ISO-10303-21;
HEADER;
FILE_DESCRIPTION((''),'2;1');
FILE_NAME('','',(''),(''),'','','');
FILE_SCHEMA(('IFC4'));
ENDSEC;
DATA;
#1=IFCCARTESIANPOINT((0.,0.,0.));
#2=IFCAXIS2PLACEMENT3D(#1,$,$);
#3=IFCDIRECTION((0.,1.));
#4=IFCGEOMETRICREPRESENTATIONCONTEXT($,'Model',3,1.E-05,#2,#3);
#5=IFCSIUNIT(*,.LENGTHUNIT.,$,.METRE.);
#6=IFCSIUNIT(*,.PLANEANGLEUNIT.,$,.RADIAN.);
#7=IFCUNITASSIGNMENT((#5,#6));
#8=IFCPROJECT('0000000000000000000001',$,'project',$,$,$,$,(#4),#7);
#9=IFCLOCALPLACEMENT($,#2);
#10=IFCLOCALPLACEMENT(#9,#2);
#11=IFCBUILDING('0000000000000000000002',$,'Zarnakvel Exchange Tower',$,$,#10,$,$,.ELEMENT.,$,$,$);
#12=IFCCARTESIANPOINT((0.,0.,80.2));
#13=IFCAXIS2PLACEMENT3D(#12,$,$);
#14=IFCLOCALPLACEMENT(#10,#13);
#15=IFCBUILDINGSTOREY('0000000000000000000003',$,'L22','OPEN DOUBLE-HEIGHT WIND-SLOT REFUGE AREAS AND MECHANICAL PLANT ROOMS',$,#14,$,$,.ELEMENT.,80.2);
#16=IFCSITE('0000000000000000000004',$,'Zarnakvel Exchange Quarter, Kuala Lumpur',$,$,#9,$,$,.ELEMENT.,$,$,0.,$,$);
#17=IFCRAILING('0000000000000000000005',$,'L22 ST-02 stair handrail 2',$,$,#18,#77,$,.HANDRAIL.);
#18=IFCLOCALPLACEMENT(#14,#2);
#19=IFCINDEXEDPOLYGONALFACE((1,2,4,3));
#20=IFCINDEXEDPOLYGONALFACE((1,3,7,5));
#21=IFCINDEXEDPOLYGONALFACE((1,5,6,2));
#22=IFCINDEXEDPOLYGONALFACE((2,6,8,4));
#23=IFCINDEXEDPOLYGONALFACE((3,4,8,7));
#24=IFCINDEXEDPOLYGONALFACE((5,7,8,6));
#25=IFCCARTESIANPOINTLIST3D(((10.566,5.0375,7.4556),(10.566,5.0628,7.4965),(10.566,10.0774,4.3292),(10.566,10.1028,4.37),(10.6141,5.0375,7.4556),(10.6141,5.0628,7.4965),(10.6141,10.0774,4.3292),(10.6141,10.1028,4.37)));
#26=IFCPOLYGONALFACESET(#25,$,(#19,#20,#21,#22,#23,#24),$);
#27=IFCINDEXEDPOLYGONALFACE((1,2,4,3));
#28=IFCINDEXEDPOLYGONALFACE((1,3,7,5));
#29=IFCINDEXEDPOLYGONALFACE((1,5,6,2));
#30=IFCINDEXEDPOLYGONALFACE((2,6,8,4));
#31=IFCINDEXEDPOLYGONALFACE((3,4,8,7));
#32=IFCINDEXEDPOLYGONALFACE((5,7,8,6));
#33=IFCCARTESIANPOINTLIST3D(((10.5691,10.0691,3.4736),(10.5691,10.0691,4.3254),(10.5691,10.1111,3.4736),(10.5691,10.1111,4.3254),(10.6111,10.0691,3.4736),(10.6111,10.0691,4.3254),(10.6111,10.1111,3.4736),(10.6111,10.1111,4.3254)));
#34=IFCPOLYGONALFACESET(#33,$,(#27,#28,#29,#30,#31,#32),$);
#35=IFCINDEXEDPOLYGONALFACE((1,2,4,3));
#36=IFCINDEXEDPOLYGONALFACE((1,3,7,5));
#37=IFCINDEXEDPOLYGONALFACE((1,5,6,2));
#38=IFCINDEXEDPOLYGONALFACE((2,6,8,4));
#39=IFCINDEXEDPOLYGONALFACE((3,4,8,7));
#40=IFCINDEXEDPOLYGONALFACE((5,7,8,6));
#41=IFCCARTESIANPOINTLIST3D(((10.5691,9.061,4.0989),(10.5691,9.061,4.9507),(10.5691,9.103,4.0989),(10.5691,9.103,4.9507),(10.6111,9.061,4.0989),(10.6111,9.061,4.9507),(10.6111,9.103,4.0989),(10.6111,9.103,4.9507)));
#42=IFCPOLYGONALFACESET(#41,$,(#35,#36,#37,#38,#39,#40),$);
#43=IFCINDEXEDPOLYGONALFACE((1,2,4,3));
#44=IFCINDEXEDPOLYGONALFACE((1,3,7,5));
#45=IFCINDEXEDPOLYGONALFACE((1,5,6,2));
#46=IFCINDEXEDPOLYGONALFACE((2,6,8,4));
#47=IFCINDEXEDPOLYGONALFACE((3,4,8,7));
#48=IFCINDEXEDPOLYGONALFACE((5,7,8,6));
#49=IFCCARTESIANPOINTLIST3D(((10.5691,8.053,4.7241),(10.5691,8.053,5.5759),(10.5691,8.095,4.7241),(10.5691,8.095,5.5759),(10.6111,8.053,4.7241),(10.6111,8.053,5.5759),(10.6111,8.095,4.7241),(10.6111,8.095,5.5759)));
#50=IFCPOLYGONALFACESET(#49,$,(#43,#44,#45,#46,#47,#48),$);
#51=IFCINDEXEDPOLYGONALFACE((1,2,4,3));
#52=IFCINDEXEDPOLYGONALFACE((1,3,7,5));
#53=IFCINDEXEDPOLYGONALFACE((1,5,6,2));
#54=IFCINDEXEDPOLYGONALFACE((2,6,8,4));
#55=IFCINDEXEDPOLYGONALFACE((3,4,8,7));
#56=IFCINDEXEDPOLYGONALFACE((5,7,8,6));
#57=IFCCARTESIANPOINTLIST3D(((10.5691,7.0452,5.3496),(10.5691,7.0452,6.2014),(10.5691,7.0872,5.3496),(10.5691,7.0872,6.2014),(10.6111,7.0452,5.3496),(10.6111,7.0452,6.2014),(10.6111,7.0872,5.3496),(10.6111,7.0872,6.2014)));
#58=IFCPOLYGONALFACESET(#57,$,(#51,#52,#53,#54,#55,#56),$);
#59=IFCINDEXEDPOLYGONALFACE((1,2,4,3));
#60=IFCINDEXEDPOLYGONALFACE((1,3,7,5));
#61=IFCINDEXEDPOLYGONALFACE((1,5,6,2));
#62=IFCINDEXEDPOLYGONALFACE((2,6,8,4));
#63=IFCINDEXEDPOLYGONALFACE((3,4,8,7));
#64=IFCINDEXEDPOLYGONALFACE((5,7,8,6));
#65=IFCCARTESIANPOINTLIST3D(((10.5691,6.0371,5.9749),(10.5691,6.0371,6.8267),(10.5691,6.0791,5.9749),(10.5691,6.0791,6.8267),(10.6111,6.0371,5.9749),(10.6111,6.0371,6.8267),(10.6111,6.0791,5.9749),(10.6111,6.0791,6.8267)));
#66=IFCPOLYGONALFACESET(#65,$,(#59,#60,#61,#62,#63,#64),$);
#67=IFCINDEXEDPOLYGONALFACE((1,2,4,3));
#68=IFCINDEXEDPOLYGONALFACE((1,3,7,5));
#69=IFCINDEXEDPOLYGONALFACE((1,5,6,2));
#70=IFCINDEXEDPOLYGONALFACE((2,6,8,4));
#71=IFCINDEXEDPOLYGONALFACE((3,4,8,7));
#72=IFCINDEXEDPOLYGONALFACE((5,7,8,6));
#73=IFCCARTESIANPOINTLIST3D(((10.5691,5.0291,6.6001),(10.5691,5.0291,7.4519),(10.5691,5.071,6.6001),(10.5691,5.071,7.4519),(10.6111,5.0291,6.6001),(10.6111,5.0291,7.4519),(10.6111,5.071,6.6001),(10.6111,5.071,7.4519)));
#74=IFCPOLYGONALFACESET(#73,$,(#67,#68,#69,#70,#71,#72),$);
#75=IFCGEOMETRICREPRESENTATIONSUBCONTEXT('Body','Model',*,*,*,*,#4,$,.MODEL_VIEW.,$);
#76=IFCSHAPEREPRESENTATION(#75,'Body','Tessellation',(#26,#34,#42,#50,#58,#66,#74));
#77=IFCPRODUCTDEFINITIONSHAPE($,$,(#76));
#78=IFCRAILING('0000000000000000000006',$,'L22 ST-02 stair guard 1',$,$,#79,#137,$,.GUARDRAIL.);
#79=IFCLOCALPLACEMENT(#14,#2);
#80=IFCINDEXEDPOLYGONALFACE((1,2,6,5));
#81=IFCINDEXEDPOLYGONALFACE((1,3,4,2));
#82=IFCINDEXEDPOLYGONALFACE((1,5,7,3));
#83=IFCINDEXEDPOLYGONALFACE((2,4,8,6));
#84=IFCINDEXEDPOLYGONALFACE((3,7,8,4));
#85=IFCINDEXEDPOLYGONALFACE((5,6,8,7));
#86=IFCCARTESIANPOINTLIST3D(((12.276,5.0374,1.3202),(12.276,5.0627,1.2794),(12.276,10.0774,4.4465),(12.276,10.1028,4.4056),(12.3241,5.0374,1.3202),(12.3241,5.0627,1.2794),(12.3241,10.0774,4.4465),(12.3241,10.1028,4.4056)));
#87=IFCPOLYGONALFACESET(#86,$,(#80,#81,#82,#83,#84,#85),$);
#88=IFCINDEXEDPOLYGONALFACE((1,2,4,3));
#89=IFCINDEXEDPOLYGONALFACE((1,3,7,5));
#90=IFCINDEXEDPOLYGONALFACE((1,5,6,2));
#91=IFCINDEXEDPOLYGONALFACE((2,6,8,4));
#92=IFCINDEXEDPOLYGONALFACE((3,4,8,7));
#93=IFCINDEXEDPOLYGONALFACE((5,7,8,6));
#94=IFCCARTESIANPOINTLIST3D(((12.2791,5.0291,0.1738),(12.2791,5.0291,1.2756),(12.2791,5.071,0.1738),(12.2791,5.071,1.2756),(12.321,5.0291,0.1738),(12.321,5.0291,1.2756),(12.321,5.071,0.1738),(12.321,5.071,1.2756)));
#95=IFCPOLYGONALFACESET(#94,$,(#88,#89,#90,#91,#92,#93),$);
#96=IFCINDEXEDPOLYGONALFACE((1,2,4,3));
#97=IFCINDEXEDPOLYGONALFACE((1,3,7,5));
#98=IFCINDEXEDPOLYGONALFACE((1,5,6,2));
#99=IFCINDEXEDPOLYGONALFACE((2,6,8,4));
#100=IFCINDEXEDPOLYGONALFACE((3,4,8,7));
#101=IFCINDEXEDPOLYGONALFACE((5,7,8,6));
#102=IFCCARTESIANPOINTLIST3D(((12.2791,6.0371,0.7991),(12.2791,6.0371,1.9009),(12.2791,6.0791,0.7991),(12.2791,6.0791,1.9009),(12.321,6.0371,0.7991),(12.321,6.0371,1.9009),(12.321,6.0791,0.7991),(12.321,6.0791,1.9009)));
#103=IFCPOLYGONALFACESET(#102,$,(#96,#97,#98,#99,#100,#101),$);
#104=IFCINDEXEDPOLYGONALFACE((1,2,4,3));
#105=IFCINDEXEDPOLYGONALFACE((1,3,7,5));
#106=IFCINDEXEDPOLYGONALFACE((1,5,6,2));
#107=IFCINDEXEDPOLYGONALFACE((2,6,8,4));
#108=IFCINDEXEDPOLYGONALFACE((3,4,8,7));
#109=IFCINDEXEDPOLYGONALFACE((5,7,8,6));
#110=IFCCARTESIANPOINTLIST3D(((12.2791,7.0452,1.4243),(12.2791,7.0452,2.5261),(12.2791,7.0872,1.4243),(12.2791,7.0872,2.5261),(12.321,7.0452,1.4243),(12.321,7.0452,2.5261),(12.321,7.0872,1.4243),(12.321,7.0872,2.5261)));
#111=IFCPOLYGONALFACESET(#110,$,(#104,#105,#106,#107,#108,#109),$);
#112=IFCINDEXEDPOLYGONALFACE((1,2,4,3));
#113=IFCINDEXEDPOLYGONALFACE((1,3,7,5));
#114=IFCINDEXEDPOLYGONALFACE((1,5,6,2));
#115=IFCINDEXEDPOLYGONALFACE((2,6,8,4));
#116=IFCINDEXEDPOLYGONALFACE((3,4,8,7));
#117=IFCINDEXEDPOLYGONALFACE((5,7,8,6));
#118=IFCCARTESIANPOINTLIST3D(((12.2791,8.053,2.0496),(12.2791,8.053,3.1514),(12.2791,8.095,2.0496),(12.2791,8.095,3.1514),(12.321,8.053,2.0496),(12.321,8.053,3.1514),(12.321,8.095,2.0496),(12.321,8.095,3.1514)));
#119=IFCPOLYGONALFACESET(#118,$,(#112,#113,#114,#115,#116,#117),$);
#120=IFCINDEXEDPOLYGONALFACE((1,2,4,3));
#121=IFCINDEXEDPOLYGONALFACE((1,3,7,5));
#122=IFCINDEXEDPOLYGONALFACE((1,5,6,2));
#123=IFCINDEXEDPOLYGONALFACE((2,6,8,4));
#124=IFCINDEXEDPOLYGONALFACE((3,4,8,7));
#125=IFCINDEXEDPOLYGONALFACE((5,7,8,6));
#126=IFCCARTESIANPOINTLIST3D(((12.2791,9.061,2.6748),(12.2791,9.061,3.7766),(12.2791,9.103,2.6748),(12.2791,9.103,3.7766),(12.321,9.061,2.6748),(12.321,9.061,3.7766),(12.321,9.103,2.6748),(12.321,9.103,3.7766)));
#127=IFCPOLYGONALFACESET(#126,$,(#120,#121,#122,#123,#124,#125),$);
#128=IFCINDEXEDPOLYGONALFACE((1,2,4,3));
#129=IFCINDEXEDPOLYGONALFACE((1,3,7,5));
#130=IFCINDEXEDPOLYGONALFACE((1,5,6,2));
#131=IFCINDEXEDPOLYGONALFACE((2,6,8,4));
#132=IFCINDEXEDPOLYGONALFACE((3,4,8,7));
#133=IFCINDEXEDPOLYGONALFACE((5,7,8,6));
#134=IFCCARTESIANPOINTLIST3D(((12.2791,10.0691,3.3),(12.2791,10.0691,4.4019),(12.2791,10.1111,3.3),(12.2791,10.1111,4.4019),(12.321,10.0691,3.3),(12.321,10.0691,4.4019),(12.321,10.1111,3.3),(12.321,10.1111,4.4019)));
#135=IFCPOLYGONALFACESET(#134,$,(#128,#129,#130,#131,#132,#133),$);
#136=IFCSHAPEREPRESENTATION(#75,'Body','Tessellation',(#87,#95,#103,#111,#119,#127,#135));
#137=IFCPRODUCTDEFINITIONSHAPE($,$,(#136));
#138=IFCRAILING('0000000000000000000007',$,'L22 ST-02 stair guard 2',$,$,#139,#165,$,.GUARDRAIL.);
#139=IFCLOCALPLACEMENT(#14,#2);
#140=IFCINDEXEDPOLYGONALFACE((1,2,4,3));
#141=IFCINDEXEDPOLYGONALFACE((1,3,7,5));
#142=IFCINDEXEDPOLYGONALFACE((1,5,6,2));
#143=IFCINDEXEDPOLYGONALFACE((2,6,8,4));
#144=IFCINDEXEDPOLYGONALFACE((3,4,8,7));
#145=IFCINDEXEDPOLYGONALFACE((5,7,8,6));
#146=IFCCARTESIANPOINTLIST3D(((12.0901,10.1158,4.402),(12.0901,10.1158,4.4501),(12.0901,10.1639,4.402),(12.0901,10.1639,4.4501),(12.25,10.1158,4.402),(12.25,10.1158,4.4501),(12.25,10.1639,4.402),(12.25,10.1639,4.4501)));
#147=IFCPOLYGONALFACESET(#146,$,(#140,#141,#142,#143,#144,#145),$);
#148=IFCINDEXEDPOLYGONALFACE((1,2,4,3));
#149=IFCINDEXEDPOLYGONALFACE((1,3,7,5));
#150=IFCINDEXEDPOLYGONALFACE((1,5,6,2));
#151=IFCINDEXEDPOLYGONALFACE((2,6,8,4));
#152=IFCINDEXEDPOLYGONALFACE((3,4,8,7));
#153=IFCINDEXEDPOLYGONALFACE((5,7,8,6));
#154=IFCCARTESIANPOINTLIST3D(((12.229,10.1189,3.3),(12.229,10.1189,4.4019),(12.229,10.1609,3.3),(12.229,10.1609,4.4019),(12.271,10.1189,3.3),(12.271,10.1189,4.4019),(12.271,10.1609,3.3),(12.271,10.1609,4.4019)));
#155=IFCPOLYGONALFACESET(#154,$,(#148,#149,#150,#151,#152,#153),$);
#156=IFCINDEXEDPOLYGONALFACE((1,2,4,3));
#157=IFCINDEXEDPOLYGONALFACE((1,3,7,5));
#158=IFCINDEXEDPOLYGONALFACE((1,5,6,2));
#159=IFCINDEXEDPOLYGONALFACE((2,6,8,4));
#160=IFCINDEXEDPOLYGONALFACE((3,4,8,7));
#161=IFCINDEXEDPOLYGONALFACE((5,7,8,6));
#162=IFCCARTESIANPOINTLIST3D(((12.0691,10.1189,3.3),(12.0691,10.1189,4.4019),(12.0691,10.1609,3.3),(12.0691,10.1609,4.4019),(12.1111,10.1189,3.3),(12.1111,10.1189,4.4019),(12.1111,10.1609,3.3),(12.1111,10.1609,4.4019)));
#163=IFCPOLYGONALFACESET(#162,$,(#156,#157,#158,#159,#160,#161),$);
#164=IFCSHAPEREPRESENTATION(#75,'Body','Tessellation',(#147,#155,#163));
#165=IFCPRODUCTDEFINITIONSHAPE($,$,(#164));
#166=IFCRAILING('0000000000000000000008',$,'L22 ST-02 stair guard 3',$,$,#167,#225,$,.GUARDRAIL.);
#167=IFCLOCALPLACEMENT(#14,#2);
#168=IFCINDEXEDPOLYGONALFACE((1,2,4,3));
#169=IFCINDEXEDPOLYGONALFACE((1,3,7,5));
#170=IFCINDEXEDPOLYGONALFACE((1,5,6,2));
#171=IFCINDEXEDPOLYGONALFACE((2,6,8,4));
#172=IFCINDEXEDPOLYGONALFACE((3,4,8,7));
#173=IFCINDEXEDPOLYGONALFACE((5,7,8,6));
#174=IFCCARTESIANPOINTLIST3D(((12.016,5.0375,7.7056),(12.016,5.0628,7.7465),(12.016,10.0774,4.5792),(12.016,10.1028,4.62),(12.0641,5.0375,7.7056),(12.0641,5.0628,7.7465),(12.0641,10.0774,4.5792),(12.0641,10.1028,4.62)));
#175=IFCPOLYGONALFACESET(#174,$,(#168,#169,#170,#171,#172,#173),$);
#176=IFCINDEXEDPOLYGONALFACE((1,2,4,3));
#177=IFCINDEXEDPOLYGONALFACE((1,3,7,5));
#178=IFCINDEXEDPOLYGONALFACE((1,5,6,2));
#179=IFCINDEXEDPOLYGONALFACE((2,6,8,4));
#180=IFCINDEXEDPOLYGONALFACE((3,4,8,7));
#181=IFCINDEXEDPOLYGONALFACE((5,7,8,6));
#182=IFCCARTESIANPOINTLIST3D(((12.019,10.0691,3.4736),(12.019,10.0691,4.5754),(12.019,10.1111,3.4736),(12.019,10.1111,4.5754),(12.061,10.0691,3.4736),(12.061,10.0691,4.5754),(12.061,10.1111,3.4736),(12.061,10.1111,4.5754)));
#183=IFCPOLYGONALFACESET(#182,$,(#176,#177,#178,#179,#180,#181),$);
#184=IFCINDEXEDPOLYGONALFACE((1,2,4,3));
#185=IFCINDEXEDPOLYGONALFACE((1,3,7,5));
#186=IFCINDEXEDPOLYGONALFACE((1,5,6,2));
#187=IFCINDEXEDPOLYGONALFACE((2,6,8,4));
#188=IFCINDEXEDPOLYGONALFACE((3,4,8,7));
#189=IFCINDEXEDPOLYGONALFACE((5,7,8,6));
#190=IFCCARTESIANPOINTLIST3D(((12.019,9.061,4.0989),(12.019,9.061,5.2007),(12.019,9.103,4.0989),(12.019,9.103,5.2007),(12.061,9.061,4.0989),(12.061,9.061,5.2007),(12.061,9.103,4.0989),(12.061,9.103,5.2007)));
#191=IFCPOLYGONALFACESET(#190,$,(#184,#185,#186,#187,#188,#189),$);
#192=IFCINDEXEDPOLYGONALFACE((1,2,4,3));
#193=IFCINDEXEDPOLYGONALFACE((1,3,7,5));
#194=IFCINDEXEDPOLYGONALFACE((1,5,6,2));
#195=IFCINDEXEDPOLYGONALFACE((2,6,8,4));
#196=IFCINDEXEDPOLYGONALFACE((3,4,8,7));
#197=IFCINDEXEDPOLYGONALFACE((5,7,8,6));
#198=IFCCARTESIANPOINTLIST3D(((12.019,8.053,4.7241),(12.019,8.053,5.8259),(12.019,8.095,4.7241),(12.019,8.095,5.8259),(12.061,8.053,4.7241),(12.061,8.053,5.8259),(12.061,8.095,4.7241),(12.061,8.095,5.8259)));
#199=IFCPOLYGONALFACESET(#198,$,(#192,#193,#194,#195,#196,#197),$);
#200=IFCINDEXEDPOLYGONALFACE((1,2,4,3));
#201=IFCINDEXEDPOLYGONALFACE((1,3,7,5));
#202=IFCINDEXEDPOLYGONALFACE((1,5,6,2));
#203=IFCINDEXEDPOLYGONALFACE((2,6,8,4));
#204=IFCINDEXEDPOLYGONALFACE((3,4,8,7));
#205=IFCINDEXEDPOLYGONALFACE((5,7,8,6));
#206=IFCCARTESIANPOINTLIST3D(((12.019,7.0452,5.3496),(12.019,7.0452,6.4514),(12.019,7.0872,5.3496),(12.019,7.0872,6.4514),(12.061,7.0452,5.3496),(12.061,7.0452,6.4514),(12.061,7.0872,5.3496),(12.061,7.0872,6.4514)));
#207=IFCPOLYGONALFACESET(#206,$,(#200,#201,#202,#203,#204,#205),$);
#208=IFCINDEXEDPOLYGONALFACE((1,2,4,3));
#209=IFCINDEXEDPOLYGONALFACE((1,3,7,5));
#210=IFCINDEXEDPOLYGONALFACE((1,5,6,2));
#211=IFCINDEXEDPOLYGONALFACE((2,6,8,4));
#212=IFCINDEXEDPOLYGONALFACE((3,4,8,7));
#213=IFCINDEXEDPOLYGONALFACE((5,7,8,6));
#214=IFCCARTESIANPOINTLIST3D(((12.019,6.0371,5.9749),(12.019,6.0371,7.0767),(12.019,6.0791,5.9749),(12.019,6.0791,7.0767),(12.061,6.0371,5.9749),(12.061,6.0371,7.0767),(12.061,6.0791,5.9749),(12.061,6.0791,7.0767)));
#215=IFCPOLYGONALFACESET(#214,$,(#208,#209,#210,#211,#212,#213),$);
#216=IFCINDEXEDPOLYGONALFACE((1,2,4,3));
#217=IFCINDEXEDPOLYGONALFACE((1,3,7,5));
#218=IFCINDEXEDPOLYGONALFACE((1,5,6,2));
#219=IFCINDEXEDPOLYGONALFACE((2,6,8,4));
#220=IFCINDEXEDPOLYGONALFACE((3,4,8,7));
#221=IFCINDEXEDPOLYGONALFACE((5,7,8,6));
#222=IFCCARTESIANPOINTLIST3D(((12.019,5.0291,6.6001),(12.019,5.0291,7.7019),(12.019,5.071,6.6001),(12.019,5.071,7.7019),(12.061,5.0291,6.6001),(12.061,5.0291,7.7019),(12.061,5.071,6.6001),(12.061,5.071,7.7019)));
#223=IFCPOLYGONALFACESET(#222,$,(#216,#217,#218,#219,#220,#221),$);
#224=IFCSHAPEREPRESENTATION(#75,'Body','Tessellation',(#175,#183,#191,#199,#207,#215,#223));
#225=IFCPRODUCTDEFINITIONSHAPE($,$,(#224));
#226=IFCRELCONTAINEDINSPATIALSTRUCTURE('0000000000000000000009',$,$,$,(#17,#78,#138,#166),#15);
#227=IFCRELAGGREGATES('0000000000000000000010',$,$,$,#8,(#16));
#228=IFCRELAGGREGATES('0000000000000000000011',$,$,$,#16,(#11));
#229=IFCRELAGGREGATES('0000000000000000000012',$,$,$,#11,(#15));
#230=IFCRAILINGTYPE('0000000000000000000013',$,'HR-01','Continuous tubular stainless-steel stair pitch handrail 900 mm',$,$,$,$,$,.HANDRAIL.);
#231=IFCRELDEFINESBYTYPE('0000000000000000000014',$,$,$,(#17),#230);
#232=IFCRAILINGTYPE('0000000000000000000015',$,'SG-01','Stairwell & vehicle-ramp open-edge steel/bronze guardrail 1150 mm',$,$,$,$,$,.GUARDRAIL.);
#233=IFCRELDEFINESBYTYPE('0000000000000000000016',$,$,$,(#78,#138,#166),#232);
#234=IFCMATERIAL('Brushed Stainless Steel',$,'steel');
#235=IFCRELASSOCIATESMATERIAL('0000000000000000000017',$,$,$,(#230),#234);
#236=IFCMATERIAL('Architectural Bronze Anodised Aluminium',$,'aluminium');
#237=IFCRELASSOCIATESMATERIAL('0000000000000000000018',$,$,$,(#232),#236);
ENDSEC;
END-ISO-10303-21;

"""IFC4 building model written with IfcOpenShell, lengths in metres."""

from ifc_helpers import new_model, si_unit, direction, frame, origin, origin_2d, place, context, subcontext, project, spatial, rectangle, extrude, material, type_object, element, save


model = new_model("IFC4")

# Units and contexts
model_context = context("Model", 3, precision=1e-05, world=origin(), true_north=direction((0.0, 1.0)))
body_context = subcontext(model_context, "Body", "Model", "MODEL_VIEW")
ifc_project = project(units=[si_unit("LENGTHUNIT", "METRE"), si_unit("PLANEANGLEUNIT", "RADIAN")], contexts=[model_context])

# Site, building, storey
site_placement = place(None, origin())
site = spatial("IfcSite", under=ifc_project, at=site_placement, Name="Zarnakvel Exchange Quarter, Kuala Lumpur", CompositionType="ELEMENT", RefElevation=0.0)
building_placement = place(site_placement, origin())
building = spatial("IfcBuilding", under=site, at=building_placement, Name="Zarnakvel Exchange Tower", CompositionType="ELEMENT")
storey_placement = place(building_placement, frame((0.0, 0.0, 80.2)))
storey = spatial("IfcBuildingStorey", under=building, at=storey_placement, Name="L22", Description="OPEN DOUBLE-HEIGHT WIND-SLOT REFUGE AREAS AND MECHANICAL PLANT ROOMS", CompositionType="ELEMENT", Elevation=80.2)

# Shared definitions
ifc_material_1 = material(Name="Brushed Stainless Steel", Category="steel")

# Railings
railing_type_1 = type_object("IfcRailingType", Name="HR-01", Description="Continuous tubular stainless-steel stair pitch handrail 900 mm", PredefinedType="HANDRAIL", material=ifc_material_1)
railing_1_placement = place(storey_placement, frame((10.5901, 10.0901, 3.4736)))
element("IfcRailing", 1, at=railing_1_placement, inside=storey, type_object=railing_type_1, Name="L22 ST-02 stair handrail 2", PredefinedType="HANDRAIL", context=body_context, shape_type="SweptSolid", body=[
    extrude(rectangle(XDim=0.0481, YDim=0.0481, at=origin_2d()), frame((0.0, 0.0, 0.876), z_axis=(0.0, -0.849779, 0.527139), x_axis=(1.0, 0.0, 0.0)), (0.0, 0.0, 1.0), 5.9309),
    extrude(rectangle(XDim=0.042, YDim=0.042, at=origin_2d()), origin(), (0.0, 0.0, 1.0), 0.8518),
    extrude(rectangle(XDim=0.042, YDim=0.042, at=origin_2d()), frame((0.0, -1.0081, 0.6252)), (0.0, 0.0, 1.0), 0.8518),
    extrude(rectangle(XDim=0.042, YDim=0.042, at=origin_2d()), frame((0.0, -2.0161, 1.2505)), (0.0, 0.0, 1.0), 0.8518),
    extrude(rectangle(XDim=0.042, YDim=0.042, at=origin_2d()), frame((0.0, -3.0239, 1.876)), (0.0, 0.0, 1.0), 0.8518),
    extrude(rectangle(XDim=0.042, YDim=0.042, at=origin_2d()), frame((0.0, -4.032, 2.5012)), (0.0, 0.0, 1.0), 0.8518),
    extrude(rectangle(XDim=0.042, YDim=0.042, at=origin_2d()), frame((0.0, -5.04, 3.1265)), (0.0, 0.0, 1.0), 0.8518),
])
ifc_material_2 = material(Name="Architectural Bronze Anodised Aluminium", Category="aluminium")
railing_type_2 = type_object("IfcRailingType", Name="SG-01", Description="Stairwell & vehicle-ramp open-edge steel/bronze guardrail 1150 mm", PredefinedType="GUARDRAIL", material=ifc_material_2)
railing_2_placement = place(storey_placement, frame((12.3, 5.05, 0.1738)))
element("IfcRailing", 2, at=railing_2_placement, inside=storey, type_object=railing_type_2, Name="L22 ST-02 stair guard 1", PredefinedType="GUARDRAIL", context=body_context, shape_type="SweptSolid", body=[
    extrude(rectangle(XDim=0.0481, YDim=0.0481, at=origin_2d()), frame((0.0, 0.0, 1.126), z_axis=(0.0, 0.849797, 0.52711), x_axis=(-1.0, 0.0, 0.0)), (0.0, 0.0, 1.0), 5.9309),
    extrude(rectangle(XDim=0.042, YDim=0.042, at=origin_2d()), origin(), (0.0, 0.0, 1.0), 1.1018),
    extrude(rectangle(XDim=0.042, YDim=0.042, at=origin_2d()), frame((0.0, 1.0081, 0.6252)), (0.0, 0.0, 1.0), 1.1018),
    extrude(rectangle(XDim=0.042, YDim=0.042, at=origin_2d()), frame((0.0, 2.0161, 1.2505)), (0.0, 0.0, 1.0), 1.1018),
    extrude(rectangle(XDim=0.042, YDim=0.042, at=origin_2d()), frame((0.0, 3.0239, 1.8757)), (0.0, 0.0, 1.0), 1.1018),
    extrude(rectangle(XDim=0.042, YDim=0.042, at=origin_2d()), frame((0.0, 4.032, 2.501)), (0.0, 0.0, 1.0), 1.1018),
    extrude(rectangle(XDim=0.042, YDim=0.042, at=origin_2d()), frame((0.0, 5.04, 3.1262)), (0.0, 0.0, 1.0), 1.1018),
])
railing_3_placement = place(storey_placement, frame((12.25, 10.1399, 3.3)))
element("IfcRailing", 3, at=railing_3_placement, inside=storey, type_object=railing_type_2, Name="L22 ST-02 stair guard 2", PredefinedType="GUARDRAIL", context=body_context, shape_type="SweptSolid", body=[
    extrude(rectangle(XDim=0.0481, YDim=0.0481, at=origin_2d()), frame((0.0, 0.0, 1.126), z_axis=(-1.0, 0.0, 0.0), x_axis=(0.0, -1.0, 0.0)), (0.0, 0.0, 1.0), 0.1599),
    extrude(rectangle(XDim=0.042, YDim=0.042, at=origin_2d()), origin(), (0.0, 0.0, 1.0), 1.1018),
    extrude(rectangle(XDim=0.042, YDim=0.042, at=origin_2d()), frame((-0.1599, 0.0, 0.0)), (0.0, 0.0, 1.0), 1.1018),
])
railing_4_placement = place(storey_placement, frame((12.04, 10.0901, 3.4736)))
element("IfcRailing", 4, at=railing_4_placement, inside=storey, type_object=railing_type_2, Name="L22 ST-02 stair guard 3", PredefinedType="GUARDRAIL", context=body_context, shape_type="SweptSolid", body=[
    extrude(rectangle(XDim=0.0481, YDim=0.0481, at=origin_2d()), frame((0.0, 0.0, 1.126), z_axis=(0.0, -0.849779, 0.527139), x_axis=(1.0, 0.0, 0.0)), (0.0, 0.0, 1.0), 5.9309),
    extrude(rectangle(XDim=0.042, YDim=0.042, at=origin_2d()), origin(), (0.0, 0.0, 1.0), 1.1018),
    extrude(rectangle(XDim=0.042, YDim=0.042, at=origin_2d()), frame((0.0, -1.0081, 0.6252)), (0.0, 0.0, 1.0), 1.1018),
    extrude(rectangle(XDim=0.042, YDim=0.042, at=origin_2d()), frame((0.0, -2.0161, 1.2505)), (0.0, 0.0, 1.0), 1.1018),
    extrude(rectangle(XDim=0.042, YDim=0.042, at=origin_2d()), frame((0.0, -3.0239, 1.876)), (0.0, 0.0, 1.0), 1.1018),
    extrude(rectangle(XDim=0.042, YDim=0.042, at=origin_2d()), frame((0.0, -4.032, 2.5012)), (0.0, 0.0, 1.0), 1.1018),
    extrude(rectangle(XDim=0.042, YDim=0.042, at=origin_2d()), frame((0.0, -5.04, 3.1265)), (0.0, 0.0, 1.0), 1.1018),
])

save(model, "model.ifc")
